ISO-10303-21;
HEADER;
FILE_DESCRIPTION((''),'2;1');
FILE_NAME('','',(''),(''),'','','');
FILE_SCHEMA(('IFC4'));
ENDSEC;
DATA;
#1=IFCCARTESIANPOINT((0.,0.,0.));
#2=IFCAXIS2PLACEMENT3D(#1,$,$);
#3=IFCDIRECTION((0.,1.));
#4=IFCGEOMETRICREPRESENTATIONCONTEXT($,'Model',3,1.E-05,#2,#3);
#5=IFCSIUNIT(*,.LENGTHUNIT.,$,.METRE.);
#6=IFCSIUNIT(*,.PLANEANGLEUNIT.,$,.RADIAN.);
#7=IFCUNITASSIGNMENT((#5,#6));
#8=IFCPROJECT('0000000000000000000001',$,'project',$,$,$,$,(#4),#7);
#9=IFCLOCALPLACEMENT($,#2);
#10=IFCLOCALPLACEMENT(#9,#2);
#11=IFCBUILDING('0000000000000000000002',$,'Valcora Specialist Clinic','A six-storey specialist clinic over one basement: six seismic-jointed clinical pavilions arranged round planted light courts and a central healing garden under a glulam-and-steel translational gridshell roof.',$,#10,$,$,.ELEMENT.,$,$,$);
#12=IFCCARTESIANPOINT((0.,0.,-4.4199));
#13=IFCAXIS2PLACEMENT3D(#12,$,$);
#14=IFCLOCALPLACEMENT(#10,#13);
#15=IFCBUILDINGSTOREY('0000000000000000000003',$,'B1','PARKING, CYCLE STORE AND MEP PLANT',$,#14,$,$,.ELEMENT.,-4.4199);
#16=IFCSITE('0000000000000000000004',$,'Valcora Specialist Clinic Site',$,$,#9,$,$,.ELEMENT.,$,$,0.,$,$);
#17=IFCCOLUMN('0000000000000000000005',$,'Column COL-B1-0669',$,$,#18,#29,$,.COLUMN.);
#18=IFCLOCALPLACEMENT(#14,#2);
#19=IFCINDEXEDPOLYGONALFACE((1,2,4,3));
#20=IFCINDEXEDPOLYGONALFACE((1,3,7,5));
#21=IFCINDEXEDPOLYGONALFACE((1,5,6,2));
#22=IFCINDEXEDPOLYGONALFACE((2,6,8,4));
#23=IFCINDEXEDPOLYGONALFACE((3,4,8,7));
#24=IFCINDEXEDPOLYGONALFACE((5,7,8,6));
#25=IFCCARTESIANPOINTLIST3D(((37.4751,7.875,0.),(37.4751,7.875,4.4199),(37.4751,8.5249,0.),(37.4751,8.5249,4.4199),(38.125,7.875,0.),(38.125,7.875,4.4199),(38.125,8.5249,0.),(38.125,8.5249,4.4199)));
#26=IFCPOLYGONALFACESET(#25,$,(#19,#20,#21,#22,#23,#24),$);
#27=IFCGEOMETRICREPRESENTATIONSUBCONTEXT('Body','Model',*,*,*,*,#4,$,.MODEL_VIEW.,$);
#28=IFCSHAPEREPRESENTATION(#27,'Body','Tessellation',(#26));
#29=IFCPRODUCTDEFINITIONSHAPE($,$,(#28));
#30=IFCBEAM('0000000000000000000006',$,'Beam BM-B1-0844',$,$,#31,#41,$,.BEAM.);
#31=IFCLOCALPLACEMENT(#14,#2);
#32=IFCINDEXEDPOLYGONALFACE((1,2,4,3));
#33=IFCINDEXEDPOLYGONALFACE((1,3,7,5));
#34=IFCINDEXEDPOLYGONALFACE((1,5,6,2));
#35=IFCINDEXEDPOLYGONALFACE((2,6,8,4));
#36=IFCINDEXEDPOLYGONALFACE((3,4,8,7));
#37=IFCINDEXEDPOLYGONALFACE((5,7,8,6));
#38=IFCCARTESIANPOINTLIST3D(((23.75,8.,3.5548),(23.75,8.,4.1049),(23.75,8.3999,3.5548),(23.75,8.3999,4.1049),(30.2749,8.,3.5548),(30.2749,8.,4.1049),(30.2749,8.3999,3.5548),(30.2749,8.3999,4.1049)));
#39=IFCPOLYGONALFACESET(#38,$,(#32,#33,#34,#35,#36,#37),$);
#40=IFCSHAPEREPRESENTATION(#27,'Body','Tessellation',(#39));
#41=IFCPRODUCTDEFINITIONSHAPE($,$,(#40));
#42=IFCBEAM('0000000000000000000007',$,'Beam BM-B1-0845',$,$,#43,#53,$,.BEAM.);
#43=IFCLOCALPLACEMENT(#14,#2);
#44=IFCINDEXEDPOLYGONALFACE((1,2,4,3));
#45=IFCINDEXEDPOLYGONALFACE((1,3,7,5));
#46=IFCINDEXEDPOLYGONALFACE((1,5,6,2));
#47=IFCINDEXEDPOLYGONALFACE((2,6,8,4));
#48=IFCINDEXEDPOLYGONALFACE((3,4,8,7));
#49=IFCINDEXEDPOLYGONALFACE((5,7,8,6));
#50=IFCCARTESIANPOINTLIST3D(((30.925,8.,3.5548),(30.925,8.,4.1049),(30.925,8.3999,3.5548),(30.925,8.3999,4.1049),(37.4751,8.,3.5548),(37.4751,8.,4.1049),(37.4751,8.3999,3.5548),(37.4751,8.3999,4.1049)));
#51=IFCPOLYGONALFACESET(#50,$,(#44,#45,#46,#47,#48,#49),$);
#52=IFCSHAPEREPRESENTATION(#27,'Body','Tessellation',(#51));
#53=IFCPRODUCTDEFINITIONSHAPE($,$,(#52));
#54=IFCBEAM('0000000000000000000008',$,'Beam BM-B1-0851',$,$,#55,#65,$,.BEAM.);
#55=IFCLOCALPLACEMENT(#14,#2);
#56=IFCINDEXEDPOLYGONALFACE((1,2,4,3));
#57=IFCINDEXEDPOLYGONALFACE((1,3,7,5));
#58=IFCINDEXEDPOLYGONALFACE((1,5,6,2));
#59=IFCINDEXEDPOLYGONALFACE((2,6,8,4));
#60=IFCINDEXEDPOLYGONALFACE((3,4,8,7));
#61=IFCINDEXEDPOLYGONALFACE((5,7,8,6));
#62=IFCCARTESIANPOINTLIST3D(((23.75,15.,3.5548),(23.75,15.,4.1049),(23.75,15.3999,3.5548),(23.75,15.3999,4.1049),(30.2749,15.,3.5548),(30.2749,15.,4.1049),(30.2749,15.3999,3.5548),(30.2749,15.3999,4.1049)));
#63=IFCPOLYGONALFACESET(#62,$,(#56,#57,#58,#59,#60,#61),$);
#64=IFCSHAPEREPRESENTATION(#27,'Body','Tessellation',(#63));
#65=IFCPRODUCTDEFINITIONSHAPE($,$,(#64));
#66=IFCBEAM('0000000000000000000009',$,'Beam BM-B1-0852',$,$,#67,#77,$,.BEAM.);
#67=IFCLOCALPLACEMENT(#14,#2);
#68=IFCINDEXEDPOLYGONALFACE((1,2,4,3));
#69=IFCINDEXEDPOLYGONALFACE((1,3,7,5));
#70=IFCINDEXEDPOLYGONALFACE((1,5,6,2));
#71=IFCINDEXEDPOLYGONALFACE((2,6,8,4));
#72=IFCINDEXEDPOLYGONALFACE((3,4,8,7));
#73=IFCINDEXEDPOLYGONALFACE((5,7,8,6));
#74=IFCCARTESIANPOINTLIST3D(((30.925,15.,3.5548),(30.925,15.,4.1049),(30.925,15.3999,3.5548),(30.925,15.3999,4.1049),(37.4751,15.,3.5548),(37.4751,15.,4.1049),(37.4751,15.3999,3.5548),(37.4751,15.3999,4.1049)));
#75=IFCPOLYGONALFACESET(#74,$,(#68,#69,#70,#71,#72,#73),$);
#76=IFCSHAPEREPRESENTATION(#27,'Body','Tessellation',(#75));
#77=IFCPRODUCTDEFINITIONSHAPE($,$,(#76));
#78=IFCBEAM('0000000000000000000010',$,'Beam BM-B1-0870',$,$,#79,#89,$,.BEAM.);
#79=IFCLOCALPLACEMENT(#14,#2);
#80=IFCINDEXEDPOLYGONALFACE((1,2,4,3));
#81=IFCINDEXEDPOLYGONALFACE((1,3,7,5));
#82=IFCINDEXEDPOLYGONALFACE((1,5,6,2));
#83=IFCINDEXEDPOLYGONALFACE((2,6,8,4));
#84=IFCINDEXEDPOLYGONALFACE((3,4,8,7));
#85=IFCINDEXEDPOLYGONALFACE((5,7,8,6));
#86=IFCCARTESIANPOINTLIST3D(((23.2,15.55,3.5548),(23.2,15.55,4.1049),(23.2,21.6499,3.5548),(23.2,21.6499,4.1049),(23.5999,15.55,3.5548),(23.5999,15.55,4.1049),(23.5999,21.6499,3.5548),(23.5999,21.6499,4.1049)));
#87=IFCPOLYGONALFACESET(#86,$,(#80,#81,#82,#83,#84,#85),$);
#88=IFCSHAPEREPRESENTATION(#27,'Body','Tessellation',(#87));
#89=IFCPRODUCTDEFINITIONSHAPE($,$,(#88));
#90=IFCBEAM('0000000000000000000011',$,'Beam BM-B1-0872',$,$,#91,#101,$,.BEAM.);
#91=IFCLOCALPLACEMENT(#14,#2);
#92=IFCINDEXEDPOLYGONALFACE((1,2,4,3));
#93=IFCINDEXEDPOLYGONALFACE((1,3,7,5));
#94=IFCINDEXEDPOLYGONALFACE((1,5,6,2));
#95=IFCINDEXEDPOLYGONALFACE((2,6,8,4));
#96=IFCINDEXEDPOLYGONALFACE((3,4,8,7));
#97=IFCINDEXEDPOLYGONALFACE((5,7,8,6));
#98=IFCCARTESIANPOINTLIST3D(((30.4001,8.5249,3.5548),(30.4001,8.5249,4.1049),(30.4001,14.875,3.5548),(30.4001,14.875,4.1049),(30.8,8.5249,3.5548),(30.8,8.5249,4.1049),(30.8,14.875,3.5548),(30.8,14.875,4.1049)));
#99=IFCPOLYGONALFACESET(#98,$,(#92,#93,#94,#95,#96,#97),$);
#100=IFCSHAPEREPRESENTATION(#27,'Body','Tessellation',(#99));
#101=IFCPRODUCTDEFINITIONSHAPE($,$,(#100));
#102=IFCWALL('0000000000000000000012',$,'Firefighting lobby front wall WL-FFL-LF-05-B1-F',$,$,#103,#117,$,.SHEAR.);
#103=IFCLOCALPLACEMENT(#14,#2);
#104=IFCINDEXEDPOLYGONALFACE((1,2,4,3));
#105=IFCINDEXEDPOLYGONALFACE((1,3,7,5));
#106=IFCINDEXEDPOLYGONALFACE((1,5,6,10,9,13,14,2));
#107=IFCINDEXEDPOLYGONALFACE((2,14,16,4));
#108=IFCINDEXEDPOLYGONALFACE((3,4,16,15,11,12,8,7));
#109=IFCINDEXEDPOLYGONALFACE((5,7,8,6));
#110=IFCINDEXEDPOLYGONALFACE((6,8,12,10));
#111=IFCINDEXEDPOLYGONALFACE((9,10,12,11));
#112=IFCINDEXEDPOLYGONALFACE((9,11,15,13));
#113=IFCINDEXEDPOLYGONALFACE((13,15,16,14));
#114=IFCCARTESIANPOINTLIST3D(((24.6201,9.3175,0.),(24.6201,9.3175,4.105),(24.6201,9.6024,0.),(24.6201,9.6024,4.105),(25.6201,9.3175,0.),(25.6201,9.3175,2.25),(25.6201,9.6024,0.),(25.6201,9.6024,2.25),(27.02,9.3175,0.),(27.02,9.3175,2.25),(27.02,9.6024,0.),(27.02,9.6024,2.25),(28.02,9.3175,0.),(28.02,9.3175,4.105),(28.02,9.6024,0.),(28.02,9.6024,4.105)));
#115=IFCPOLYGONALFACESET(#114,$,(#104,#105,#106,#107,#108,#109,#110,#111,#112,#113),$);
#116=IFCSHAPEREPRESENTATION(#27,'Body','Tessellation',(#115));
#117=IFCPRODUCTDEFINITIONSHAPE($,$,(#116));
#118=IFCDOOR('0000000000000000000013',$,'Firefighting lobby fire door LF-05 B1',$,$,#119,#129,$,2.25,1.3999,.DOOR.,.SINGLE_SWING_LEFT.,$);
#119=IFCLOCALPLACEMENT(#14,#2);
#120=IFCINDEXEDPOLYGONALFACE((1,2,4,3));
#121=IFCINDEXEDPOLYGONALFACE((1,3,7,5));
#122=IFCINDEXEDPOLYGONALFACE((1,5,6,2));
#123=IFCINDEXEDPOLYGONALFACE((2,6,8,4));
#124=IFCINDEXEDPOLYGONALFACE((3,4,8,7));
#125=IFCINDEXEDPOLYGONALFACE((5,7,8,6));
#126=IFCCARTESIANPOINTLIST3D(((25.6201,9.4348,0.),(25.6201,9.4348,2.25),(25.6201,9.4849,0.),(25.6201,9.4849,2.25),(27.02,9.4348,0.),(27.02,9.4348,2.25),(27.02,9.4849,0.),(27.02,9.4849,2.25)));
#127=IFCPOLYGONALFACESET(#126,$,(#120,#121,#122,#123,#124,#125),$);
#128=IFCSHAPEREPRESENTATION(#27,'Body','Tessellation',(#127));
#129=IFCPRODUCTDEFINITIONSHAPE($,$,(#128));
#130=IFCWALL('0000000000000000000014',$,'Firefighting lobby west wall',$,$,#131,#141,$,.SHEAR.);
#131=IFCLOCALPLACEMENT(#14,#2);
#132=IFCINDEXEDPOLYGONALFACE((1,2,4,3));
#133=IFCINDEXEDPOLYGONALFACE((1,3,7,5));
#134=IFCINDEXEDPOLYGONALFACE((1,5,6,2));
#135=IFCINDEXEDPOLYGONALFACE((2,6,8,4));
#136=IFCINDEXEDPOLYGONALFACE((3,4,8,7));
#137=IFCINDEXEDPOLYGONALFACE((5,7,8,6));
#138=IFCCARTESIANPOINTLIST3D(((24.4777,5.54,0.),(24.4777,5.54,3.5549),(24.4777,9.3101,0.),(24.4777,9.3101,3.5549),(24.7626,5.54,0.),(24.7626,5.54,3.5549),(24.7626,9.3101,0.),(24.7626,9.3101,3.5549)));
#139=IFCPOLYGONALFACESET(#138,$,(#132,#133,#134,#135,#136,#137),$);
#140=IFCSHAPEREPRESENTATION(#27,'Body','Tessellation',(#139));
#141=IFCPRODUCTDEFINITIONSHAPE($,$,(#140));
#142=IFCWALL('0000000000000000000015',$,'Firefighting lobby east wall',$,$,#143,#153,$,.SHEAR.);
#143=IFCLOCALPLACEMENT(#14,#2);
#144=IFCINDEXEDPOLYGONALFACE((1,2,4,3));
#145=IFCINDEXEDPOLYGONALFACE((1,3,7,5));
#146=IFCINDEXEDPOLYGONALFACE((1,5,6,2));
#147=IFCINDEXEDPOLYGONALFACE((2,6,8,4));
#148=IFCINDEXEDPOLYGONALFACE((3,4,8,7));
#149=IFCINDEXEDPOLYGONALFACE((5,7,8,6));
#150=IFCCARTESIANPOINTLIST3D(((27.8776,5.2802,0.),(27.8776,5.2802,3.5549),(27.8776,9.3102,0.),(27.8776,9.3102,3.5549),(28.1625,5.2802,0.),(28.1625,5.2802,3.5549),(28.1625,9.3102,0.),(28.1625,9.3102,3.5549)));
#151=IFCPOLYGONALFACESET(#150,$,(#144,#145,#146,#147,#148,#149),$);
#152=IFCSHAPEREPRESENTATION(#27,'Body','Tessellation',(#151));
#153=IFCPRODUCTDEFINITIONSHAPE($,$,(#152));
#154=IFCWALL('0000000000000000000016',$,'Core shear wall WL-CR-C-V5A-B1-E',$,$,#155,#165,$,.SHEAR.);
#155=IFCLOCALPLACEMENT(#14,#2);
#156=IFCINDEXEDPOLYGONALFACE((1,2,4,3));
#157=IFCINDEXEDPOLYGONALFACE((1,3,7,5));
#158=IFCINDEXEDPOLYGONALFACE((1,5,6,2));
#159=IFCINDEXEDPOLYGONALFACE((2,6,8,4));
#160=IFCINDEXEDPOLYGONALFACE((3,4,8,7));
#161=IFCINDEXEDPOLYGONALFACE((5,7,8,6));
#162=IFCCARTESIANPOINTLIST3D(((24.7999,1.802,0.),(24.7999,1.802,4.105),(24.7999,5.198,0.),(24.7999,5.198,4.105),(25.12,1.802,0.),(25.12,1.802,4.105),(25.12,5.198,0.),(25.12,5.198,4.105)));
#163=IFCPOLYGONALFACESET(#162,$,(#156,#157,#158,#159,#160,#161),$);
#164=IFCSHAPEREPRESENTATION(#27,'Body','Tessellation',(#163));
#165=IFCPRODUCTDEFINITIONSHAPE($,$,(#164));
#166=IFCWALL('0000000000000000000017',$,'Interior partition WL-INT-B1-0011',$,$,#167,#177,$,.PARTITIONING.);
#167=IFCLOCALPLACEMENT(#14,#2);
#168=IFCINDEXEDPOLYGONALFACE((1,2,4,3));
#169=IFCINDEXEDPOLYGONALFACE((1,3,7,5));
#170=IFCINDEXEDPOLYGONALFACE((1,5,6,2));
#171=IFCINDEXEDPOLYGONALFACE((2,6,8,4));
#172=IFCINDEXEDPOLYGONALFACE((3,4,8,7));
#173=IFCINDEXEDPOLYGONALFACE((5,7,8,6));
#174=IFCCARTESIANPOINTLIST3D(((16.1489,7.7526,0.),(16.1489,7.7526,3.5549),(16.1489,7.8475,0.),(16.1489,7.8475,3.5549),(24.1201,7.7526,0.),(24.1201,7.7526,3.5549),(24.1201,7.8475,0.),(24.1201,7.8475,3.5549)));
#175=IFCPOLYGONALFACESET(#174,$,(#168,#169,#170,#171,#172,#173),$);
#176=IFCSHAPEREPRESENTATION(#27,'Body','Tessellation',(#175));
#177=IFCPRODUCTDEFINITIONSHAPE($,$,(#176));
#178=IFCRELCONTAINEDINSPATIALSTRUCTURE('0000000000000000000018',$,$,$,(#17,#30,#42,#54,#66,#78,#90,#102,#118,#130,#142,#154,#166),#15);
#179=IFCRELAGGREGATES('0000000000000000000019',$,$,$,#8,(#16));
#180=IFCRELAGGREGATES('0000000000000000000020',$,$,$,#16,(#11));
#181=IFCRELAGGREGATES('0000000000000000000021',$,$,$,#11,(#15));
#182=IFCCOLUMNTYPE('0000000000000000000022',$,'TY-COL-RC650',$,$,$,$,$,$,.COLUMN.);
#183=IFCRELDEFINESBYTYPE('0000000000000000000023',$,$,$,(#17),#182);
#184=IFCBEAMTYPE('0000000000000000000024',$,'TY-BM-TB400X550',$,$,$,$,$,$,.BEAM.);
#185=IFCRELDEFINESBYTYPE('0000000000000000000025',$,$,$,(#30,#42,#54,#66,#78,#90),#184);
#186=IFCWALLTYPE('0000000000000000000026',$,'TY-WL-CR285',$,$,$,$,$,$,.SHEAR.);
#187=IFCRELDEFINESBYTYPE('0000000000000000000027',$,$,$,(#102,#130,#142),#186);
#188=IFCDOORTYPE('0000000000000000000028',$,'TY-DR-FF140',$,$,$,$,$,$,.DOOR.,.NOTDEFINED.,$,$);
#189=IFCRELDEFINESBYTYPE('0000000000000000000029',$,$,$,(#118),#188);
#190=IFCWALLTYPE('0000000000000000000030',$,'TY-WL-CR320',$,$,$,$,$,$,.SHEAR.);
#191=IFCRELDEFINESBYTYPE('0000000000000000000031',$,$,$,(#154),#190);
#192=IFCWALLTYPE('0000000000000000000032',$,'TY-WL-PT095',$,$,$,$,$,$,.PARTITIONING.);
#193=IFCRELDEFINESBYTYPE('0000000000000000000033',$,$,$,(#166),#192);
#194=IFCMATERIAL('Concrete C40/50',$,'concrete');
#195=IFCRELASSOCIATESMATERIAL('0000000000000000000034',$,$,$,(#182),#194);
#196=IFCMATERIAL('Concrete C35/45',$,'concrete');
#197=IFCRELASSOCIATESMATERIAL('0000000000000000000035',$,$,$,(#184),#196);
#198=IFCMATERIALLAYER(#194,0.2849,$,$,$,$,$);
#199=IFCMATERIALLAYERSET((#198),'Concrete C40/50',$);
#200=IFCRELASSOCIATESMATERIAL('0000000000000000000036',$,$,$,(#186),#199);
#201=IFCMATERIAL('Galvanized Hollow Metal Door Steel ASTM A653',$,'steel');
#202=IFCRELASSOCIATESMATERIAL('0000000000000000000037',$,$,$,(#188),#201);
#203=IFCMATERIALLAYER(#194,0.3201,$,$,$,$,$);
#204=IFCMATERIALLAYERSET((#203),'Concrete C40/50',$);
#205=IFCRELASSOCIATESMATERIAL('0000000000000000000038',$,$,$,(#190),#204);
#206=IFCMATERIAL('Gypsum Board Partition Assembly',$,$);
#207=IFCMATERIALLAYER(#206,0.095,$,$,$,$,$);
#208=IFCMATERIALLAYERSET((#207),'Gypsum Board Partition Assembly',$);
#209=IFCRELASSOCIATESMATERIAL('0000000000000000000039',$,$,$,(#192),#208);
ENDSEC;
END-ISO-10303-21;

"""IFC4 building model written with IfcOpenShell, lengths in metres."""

from ifc_helpers import new_model, si_unit, direction, frame, frame_2d, origin, origin_2d, place, context, subcontext, project, spatial, rectangle, extrude, material, layer, layer_set, material_profile, profile_set, type_object, element, fill, save


model = new_model("IFC4")

# Units and contexts
model_context = context("Model", 3, precision=1e-05, world=origin(), true_north=direction((0.0, 1.0)))
body_context = subcontext(model_context, "Body", "Model", "MODEL_VIEW")
ifc_project = project(units=[si_unit("LENGTHUNIT", "METRE"), si_unit("PLANEANGLEUNIT", "RADIAN")], contexts=[model_context])

# Site, building, storey
site_placement = place(None, origin())
site = spatial("IfcSite", under=ifc_project, at=site_placement, Name="Valcora Specialist Clinic Site", CompositionType="ELEMENT", RefElevation=0.0)
building_placement = place(site_placement, origin())
building = spatial("IfcBuilding", under=site, at=building_placement, Name="Valcora Specialist Clinic", Description="A six-storey specialist clinic over one basement: six seismic-jointed clinical pavilions arranged round planted light courts and a central healing garden under a glulam-and-steel translational gridshell roof.", CompositionType="ELEMENT")
storey_placement = place(building_placement, frame((0.0, 0.0, -4.4199)))
storey = spatial("IfcBuildingStorey", under=building, at=storey_placement, Name="B1", Description="PARKING, CYCLE STORE AND MEP PLANT", CompositionType="ELEMENT", Elevation=-4.4199)

# Shared definitions
ifc_material_1 = material(Name="Concrete C35/45", Category="concrete")

# Column
ifc_material_2 = material(Name="Concrete C40/50", Category="concrete")
ifc_material_profile_1 = material_profile(ifc_material_2, rectangle(XDim=0.6499, YDim=0.6499, at=origin_2d()), Name="RC-COL-650X650")
ifc_profile_set_1 = profile_set([ifc_material_profile_1], Name="Concrete C40/50")
column_type = type_object("IfcColumnType", Name="TY-COL-RC650", PredefinedType="COLUMN", material=ifc_profile_set_1)
for number, where, z_axis, x_axis, name in (
    (1, (37.8, 8.2, 0.0), (0.0, 0.0, 1.0), (1.0, 0.0, 0.0), "Column COL-B1-0669"),
):
    element("IfcColumn", number, at=place(storey_placement, frame(where, z_axis=z_axis, x_axis=x_axis)), inside=storey, type_object=column_type, Name=name, PredefinedType="COLUMN", context=body_context, shape_type="SweptSolid", body=[
        extrude(rectangle(XDim=0.6499, YDim=0.6499, at=origin_2d()), origin(), (0.0, 0.0, 1.0), 4.4199),
    ])

# Beams
ifc_material_profile_2 = material_profile(ifc_material_1, rectangle(XDim=0.3999, YDim=0.55, at=origin_2d()), Name="RC-TB-400X550")
ifc_profile_set_2 = profile_set([ifc_material_profile_2], Name="Concrete C35/45")
beam_type = type_object("IfcBeamType", Name="TY-BM-TB400X550", PredefinedType="BEAM", material=ifc_profile_set_2)
beam_1_placement = place(storey_placement, frame((23.75, 8.2, 3.8298), z_axis=(1.0, 0.0, 0.0), x_axis=(0.0, 1.0, 0.0)))
element("IfcBeam", 2, at=beam_1_placement, inside=storey, type_object=beam_type, Name="Beam BM-B1-0844", PredefinedType="BEAM", context=body_context, shape_type="SweptSolid", body=[
    extrude(rectangle(XDim=0.3999, YDim=0.55, at=origin_2d()), origin(), (0.0, 0.0, 1.0), 6.5249),
])
beam_2_placement = place(storey_placement, frame((30.925, 8.2, 3.8298), z_axis=(1.0, 0.0, 0.0), x_axis=(0.0, 1.0, 0.0)))
element("IfcBeam", 3, at=beam_2_placement, inside=storey, type_object=beam_type, Name="Beam BM-B1-0845", PredefinedType="BEAM", context=body_context, shape_type="SweptSolid", body=[
    extrude(rectangle(XDim=0.3999, YDim=0.55, at=origin_2d()), origin(), (0.0, 0.0, 1.0), 6.55),
])
beam_3_placement = place(storey_placement, frame((23.75, 15.2, 3.8298), z_axis=(1.0, 0.0, 0.0), x_axis=(0.0, 1.0, 0.0)))
element("IfcBeam", 4, at=beam_3_placement, inside=storey, type_object=beam_type, Name="Beam BM-B1-0851", PredefinedType="BEAM", context=body_context, shape_type="SweptSolid", body=[
    extrude(rectangle(XDim=0.3999, YDim=0.55, at=origin_2d()), origin(), (0.0, 0.0, 1.0), 6.5249),
])
beam_4_placement = place(storey_placement, frame((30.925, 15.2, 3.8298), z_axis=(1.0, 0.0, 0.0), x_axis=(0.0, 1.0, 0.0)))
element("IfcBeam", 5, at=beam_4_placement, inside=storey, type_object=beam_type, Name="Beam BM-B1-0852", PredefinedType="BEAM", context=body_context, shape_type="SweptSolid", body=[
    extrude(rectangle(XDim=0.3999, YDim=0.55, at=origin_2d()), origin(), (0.0, 0.0, 1.0), 6.55),
])
beam_5_placement = place(storey_placement, frame((23.3999, 15.55, 3.8298), z_axis=(0.0, 1.0, 0.0), x_axis=(-1.0, 0.0, 0.0)))
element("IfcBeam", 6, at=beam_5_placement, inside=storey, type_object=beam_type, Name="Beam BM-B1-0870", PredefinedType="BEAM", context=body_context, shape_type="SweptSolid", body=[
    extrude(rectangle(XDim=0.3999, YDim=0.55, at=origin_2d()), origin(), (0.0, 0.0, 1.0), 6.0999),
])
beam_6_placement = place(storey_placement, frame((30.6001, 8.5249, 3.8298), z_axis=(0.0, 1.0, 0.0), x_axis=(-1.0, 0.0, 0.0)))
element("IfcBeam", 7, at=beam_6_placement, inside=storey, type_object=beam_type, Name="Beam BM-B1-0872", PredefinedType="BEAM", context=body_context, shape_type="SweptSolid", body=[
    extrude(rectangle(XDim=0.3999, YDim=0.55, at=origin_2d()), origin(), (0.0, 0.0, 1.0), 6.3501),
])

# Wall, opening, door
ifc_layer_1 = layer(ifc_material_2, 0.2849)
ifc_layer_set_1 = layer_set([ifc_layer_1], Name="Concrete C40/50")
wall_type_1 = type_object("IfcWallType", Name="TY-WL-CR285", PredefinedType="SHEAR", material=ifc_layer_set_1)
wall_1_placement = place(storey_placement, frame((24.6201, 9.46, 0.0), z_axis=(0.0, 0.0, 1.0), x_axis=(1.0, 0.0, 0.0)))
wall_1 = element("IfcWall", 8, at=wall_1_placement, inside=storey, type_object=wall_type_1, Name="Firefighting lobby front wall WL-FFL-LF-05-B1-F", PredefinedType="SHEAR", context=body_context, shape_type="SweptSolid", body=[
    extrude(rectangle(XDim=3.3999, YDim=0.2849, at=frame_2d((1.7, 0.0))), origin(), (0.0, 0.0, 1.0), 4.105),
])
opening_1_placement = place(wall_1_placement, frame((1.0, 0.0, 0.0)))
opening_1 = element("IfcOpeningElement", 9, at=opening_1_placement, cuts=wall_1, PredefinedType="OPENING", context=body_context, shape_type="SweptSolid", body=[
    extrude(rectangle(XDim=1.3999, YDim=2.25, at=frame_2d((0.7, 1.125))), frame((0.0, 0.1523, 0.0), z_axis=(0.0, -1.0, 0.0), x_axis=(1.0, 0.0, 0.0)), (0.0, 0.0, 1.0), 0.3049),
])
ifc_material_3 = material(Name="Galvanized Hollow Metal Door Steel ASTM A653", Category="steel")
door_type_1 = type_object("IfcDoorType", Name="TY-DR-FF140", OperationType="NOTDEFINED", PredefinedType="DOOR", material=ifc_material_3)
door_1_placement = place(opening_1_placement, origin())
door_1 = element("IfcDoor", 10, at=door_1_placement, inside=storey, type_object=door_type_1, Name="Firefighting lobby fire door LF-05 B1", OperationType="SINGLE_SWING_LEFT", OverallHeight=2.25, OverallWidth=1.3999, PredefinedType="DOOR", context=body_context, shape_type="SweptSolid", body=[
    extrude(rectangle(XDim=1.3999, YDim=2.25, at=frame_2d((0.7, 1.125))), frame((0.0, 0.0249, 0.0), z_axis=(0.0, -1.0, 0.0), x_axis=(1.0, 0.0, 0.0)), (0.0, 0.0, 1.0), 0.05),
])
fill(opening_1, door_1)

# Walls
wall_2_placement = place(storey_placement, frame((24.6201, 5.54, 0.0), z_axis=(0.0, 0.0, 1.0), x_axis=(0.0, 1.0, 0.0)))
element("IfcWall", 11, at=wall_2_placement, inside=storey, type_object=wall_type_1, Name="Firefighting lobby west wall", PredefinedType="SHEAR", context=body_context, shape_type="SweptSolid", body=[
    extrude(rectangle(XDim=3.77, YDim=0.2849, at=frame_2d((1.885, 0.0))), origin(), (0.0, 0.0, 1.0), 3.5549),
])
wall_3_placement = place(storey_placement, frame((28.02, 5.28, 0.0), z_axis=(0.0, 0.0, 1.0), x_axis=(0.0, 1.0, 0.0)))
element("IfcWall", 12, at=wall_3_placement, inside=storey, type_object=wall_type_1, Name="Firefighting lobby east wall", PredefinedType="SHEAR", context=body_context, shape_type="SweptSolid", body=[
    extrude(rectangle(XDim=4.03, YDim=0.2849, at=frame_2d((2.0151, 0.0))), origin(), (0.0, 0.0, 1.0), 3.5549),
])
ifc_layer_2 = layer(ifc_material_2, 0.3201)
ifc_layer_set_2 = layer_set([ifc_layer_2], Name="Concrete C40/50")
wall_type_2 = type_object("IfcWallType", Name="TY-WL-CR320", PredefinedType="SHEAR", material=ifc_layer_set_2)
wall_4_placement = place(storey_placement, frame((24.96, 1.802, 0.0), z_axis=(0.0, 0.0, 1.0), x_axis=(0.0, 1.0, 0.0)))
element("IfcWall", 13, at=wall_4_placement, inside=storey, type_object=wall_type_2, Name="Core shear wall WL-CR-C-V5A-B1-E", PredefinedType="SHEAR", context=body_context, shape_type="SweptSolid", body=[
    extrude(rectangle(XDim=3.396, YDim=0.3201, at=frame_2d((1.698, 0.0))), origin(), (0.0, 0.0, 1.0), 4.105),
])
ifc_material_4 = material(Name="Gypsum Board Partition Assembly")
ifc_layer_3 = layer(ifc_material_4, 0.095)
ifc_layer_set_3 = layer_set([ifc_layer_3], Name="Gypsum Board Partition Assembly")
wall_type_3 = type_object("IfcWallType", Name="TY-WL-PT095", PredefinedType="PARTITIONING", material=ifc_layer_set_3)
wall_5_placement = place(storey_placement, frame((24.1201, 7.8, 0.0), z_axis=(0.0, 0.0, 1.0), x_axis=(-1.0, 0.0, 0.0)))
element("IfcWall", 14, at=wall_5_placement, inside=storey, type_object=wall_type_3, Name="Interior partition WL-INT-B1-0011", PredefinedType="PARTITIONING", context=body_context, shape_type="SweptSolid", body=[
    extrude(rectangle(XDim=7.9712, YDim=0.095, at=frame_2d((3.9856, 0.0))), origin(), (0.0, 0.0, 1.0), 3.5549),
])

save(model, "model.ifc")
